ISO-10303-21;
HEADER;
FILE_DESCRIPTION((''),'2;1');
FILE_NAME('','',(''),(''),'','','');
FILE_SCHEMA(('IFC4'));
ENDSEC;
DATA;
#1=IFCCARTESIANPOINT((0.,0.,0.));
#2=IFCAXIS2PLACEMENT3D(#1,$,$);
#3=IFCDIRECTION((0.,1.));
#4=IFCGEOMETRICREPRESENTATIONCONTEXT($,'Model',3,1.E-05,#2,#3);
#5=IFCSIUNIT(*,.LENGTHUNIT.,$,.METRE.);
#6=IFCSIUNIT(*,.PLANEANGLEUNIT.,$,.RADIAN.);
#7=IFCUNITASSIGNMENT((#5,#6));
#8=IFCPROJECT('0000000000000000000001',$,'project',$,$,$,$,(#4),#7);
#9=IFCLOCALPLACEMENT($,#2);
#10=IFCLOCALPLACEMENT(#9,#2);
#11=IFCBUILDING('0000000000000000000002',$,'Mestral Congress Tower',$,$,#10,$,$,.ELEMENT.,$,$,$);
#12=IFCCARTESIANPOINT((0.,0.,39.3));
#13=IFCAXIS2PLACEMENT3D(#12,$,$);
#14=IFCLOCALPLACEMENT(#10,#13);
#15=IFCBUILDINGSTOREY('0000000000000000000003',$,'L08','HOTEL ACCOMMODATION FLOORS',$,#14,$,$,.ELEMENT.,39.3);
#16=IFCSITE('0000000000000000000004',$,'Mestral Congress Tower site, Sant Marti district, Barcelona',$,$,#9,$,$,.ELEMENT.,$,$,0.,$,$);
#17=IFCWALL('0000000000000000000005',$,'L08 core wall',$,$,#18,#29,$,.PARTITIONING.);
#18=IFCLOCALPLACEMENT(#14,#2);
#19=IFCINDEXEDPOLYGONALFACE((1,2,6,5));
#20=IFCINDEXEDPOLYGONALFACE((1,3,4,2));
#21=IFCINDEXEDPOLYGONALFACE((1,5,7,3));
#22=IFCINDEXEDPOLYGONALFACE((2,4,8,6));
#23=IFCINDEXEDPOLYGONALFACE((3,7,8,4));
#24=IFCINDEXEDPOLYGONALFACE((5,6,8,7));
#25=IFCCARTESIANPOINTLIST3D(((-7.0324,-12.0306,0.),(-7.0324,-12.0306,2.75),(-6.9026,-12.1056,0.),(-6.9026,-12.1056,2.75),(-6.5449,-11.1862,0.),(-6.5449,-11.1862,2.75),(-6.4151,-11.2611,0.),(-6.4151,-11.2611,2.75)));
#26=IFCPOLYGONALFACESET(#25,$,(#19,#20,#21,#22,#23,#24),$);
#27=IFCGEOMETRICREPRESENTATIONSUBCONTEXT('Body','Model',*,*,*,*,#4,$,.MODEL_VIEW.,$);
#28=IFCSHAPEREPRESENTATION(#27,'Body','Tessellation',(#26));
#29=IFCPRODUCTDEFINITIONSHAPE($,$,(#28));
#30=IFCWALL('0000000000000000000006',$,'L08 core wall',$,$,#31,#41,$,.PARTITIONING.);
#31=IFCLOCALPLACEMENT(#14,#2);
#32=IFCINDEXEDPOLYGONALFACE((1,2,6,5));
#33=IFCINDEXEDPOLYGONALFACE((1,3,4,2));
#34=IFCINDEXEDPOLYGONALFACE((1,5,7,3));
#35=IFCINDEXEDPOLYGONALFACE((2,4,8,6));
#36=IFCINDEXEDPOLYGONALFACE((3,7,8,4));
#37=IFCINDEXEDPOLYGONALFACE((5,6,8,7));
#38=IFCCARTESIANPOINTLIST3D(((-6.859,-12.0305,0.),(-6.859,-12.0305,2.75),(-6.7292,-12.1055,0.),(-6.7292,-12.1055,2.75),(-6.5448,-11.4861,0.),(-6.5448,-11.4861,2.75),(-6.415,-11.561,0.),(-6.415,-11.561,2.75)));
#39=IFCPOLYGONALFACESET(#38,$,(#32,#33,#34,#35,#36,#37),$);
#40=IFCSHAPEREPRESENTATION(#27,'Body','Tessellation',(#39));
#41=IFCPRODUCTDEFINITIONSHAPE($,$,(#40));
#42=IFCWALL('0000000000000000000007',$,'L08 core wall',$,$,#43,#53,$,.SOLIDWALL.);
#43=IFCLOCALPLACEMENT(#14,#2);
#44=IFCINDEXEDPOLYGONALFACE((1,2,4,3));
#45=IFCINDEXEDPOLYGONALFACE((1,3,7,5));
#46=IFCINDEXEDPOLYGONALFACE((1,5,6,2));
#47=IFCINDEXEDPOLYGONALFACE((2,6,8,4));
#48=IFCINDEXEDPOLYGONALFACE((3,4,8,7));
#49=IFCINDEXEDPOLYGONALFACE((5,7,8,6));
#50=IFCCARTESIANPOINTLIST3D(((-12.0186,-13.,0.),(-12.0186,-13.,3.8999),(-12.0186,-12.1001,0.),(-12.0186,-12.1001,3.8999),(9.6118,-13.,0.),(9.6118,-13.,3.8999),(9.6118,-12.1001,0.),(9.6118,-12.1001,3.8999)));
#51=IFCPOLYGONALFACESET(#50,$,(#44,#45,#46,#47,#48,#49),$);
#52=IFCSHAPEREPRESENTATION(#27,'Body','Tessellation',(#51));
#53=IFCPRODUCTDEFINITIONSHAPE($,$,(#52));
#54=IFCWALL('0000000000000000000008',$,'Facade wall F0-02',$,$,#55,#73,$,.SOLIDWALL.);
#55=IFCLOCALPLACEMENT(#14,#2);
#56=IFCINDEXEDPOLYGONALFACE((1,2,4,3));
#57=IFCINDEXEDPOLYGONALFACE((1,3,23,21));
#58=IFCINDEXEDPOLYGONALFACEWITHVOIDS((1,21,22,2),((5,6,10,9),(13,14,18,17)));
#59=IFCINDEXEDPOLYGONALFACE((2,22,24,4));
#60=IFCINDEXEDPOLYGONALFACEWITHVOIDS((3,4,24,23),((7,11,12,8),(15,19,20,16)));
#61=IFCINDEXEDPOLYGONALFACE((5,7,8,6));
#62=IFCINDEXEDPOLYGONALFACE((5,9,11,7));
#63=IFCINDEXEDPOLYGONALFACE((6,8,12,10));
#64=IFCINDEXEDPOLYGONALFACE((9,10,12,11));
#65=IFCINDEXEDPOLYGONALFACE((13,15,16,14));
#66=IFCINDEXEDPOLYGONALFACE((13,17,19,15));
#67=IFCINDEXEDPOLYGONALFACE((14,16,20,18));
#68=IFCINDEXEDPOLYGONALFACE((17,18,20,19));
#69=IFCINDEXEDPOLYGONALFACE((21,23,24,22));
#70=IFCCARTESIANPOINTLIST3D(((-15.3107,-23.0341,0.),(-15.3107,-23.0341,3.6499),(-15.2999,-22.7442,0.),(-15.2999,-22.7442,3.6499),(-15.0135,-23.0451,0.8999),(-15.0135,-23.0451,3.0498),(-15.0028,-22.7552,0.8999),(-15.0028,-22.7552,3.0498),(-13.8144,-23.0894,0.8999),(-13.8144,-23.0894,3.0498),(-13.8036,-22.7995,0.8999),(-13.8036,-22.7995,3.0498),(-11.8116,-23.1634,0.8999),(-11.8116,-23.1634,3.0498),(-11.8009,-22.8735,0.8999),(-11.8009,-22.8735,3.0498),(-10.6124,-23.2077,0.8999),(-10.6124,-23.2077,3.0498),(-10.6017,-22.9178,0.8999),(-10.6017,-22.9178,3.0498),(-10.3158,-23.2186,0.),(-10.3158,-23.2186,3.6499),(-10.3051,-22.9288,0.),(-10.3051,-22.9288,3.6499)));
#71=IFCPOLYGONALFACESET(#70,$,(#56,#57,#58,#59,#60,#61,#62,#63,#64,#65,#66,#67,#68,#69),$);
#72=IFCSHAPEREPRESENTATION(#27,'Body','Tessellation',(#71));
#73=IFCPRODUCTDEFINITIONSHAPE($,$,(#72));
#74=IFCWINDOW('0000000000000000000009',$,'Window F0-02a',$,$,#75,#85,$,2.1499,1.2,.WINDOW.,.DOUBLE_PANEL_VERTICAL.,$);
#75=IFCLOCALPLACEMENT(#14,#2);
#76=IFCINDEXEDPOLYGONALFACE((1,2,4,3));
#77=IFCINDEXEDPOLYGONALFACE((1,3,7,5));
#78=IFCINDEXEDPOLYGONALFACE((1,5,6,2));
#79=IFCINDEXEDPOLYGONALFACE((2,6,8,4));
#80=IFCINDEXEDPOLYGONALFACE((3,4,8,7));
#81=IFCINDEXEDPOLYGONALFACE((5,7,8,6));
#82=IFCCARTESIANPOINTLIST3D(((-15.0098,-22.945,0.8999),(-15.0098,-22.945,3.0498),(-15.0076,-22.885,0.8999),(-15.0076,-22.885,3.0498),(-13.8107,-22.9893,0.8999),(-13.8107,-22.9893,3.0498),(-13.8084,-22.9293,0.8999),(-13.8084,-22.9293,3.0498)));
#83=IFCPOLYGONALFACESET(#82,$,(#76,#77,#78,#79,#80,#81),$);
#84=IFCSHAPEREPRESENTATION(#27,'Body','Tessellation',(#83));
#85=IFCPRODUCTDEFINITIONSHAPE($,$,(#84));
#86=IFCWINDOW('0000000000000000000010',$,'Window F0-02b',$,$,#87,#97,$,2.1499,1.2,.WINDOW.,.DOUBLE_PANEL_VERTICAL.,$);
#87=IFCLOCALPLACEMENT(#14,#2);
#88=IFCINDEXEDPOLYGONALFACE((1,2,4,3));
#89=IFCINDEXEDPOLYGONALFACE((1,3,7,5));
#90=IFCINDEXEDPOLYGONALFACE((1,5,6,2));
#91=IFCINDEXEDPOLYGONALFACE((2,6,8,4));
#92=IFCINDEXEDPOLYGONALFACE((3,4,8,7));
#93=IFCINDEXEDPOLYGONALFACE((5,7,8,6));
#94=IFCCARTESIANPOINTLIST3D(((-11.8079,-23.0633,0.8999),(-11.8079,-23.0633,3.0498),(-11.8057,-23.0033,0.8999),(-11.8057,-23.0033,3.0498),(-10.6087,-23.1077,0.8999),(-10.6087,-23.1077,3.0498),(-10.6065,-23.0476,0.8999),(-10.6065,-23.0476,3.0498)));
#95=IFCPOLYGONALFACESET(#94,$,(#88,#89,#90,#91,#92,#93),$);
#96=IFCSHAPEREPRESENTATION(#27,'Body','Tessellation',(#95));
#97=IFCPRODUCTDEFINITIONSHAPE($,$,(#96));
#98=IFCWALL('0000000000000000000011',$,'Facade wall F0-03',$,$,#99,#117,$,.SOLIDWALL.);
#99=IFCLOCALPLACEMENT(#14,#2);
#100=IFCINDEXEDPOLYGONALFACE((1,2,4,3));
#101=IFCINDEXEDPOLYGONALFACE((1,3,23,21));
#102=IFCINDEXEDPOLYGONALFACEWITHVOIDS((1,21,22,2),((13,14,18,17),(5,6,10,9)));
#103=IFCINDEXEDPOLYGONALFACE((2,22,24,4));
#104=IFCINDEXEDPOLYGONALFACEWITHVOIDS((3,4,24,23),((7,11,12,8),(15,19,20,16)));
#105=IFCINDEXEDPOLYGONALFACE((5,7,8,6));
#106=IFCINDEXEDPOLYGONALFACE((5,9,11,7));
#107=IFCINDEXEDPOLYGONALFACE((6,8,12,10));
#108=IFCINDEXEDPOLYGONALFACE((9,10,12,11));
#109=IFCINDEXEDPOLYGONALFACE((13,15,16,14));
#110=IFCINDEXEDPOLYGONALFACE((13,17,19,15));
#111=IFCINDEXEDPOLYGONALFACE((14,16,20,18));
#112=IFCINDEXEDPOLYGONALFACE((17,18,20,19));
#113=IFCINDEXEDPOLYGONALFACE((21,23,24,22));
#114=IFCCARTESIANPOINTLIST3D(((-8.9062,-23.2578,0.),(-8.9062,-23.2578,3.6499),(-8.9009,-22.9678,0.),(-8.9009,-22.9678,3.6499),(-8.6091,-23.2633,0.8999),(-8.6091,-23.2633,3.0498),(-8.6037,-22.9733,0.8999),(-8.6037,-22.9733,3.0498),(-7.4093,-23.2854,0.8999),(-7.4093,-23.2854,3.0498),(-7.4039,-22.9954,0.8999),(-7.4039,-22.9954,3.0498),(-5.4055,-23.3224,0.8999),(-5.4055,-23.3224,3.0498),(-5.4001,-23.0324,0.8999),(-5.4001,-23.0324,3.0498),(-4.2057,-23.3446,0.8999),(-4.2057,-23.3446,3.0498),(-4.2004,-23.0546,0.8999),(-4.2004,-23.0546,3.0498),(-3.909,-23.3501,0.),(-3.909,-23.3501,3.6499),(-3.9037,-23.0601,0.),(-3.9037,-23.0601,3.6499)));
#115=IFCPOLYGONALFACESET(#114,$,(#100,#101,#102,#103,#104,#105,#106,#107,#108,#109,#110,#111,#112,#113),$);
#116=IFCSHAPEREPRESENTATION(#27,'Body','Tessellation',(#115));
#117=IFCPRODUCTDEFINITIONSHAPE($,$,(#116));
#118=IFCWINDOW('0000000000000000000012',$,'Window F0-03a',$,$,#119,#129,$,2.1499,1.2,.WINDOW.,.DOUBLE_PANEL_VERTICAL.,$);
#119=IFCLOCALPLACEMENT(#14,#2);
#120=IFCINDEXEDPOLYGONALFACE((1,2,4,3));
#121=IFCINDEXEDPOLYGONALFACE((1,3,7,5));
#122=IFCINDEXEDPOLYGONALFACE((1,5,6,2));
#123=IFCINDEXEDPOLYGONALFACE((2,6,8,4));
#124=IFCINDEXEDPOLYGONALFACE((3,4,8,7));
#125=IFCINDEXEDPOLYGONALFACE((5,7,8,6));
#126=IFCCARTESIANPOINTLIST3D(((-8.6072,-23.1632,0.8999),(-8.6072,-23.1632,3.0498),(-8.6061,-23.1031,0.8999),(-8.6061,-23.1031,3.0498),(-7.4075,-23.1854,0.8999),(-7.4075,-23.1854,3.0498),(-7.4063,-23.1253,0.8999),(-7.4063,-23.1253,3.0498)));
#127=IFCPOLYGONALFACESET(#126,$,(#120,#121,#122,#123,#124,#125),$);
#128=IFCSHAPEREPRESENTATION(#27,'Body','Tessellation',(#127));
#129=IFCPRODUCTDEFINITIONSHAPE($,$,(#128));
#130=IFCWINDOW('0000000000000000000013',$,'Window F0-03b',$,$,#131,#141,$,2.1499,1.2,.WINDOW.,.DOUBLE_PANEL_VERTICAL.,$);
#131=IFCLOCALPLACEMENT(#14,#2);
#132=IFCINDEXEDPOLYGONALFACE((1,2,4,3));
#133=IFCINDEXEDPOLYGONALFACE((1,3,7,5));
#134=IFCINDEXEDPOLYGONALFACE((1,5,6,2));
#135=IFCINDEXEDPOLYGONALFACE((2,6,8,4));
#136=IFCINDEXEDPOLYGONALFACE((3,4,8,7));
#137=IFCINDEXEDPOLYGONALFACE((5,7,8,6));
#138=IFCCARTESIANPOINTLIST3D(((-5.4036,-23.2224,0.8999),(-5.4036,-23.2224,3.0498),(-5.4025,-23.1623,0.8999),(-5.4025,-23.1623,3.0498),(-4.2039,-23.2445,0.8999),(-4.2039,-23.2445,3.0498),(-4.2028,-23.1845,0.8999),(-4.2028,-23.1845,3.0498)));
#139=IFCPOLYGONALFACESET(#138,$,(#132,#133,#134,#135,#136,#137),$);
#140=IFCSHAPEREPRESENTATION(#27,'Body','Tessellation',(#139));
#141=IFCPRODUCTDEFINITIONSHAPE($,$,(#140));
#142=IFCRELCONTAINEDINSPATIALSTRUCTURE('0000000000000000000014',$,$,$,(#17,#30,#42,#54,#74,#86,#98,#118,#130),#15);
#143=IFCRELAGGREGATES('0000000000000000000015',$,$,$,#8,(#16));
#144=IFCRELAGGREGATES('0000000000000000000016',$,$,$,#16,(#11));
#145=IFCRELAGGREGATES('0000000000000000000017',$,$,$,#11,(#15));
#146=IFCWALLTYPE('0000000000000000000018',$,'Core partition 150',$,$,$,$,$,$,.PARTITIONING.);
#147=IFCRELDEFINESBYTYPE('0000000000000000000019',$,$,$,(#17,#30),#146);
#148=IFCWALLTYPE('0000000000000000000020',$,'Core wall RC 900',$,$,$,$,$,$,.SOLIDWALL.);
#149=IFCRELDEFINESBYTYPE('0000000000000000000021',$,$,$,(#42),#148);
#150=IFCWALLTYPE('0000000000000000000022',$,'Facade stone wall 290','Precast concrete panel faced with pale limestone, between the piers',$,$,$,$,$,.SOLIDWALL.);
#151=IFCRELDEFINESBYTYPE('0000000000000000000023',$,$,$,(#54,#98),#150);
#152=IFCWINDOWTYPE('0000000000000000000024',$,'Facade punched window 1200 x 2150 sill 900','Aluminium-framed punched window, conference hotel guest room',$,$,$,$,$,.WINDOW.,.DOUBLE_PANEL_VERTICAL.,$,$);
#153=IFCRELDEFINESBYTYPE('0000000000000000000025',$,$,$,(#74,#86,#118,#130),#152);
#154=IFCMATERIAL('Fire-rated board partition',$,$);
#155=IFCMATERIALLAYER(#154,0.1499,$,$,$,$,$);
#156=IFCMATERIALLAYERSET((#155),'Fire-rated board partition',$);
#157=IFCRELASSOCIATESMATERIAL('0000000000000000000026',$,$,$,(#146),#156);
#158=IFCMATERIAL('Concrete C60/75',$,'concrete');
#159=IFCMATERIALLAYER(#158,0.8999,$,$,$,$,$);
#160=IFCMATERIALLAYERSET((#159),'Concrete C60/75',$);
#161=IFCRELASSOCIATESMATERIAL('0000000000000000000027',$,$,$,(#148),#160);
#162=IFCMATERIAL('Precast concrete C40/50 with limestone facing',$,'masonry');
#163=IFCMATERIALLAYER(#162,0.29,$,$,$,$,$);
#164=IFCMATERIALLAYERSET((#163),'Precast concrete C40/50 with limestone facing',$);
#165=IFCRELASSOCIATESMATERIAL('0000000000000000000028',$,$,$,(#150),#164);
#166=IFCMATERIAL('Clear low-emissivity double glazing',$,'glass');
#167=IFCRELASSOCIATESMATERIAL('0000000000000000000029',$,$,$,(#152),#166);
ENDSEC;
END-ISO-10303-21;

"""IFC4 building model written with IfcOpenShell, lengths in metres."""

from ifc_helpers import new_model, si_unit, direction, frame, frame_2d, origin, place, context, subcontext, project, spatial, rectangle, extrude, material, layer, layer_set, type_object, element, fill, save


model = new_model("IFC4")

# Units and contexts
model_context = context("Model", 3, precision=1e-05, world=origin(), true_north=direction((0.0, 1.0)))
body_context = subcontext(model_context, "Body", "Model", "MODEL_VIEW")
ifc_project = project(units=[si_unit("LENGTHUNIT", "METRE"), si_unit("PLANEANGLEUNIT", "RADIAN")], contexts=[model_context])

# Site, building, storey
site_placement = place(None, origin())
site = spatial("IfcSite", under=ifc_project, at=site_placement, Name="Mestral Congress Tower site, Sant Marti district, Barcelona", CompositionType="ELEMENT", RefElevation=0.0)
building_placement = place(site_placement, origin())
building = spatial("IfcBuilding", under=site, at=building_placement, Name="Mestral Congress Tower", CompositionType="ELEMENT")
storey_placement = place(building_placement, frame((0.0, 0.0, 39.3)))
storey = spatial("IfcBuildingStorey", under=building, at=storey_placement, Name="L08", Description="HOTEL ACCOMMODATION FLOORS", CompositionType="ELEMENT", Elevation=39.3)

# Walls
ifc_material_1 = material(Name="Fire-rated board partition")
ifc_layer_1 = layer(ifc_material_1, 0.1499)
ifc_layer_set_1 = layer_set([ifc_layer_1], Name="Fire-rated board partition")
wall_type_1 = type_object("IfcWallType", Name="Core partition 150", PredefinedType="PARTITIONING", material=ifc_layer_set_1)
wall_1_placement = place(storey_placement, frame((-6.9675, -12.0681, 0.0), z_axis=(0.0, 0.0, 1.0), x_axis=(0.49999, 0.866031, 0.0)))
element("IfcWall", 1, at=wall_1_placement, inside=storey, type_object=wall_type_1, Name="L08 core wall", PredefinedType="PARTITIONING", context=body_context, shape_type="SweptSolid", body=[
    extrude(rectangle(XDim=0.9751, YDim=0.1499, at=frame_2d((0.4875, 0.0))), origin(), (0.0, 0.0, 1.0), 2.75),
])
wall_2_placement = place(storey_placement, frame((-6.7942, -12.0681, 0.0), z_axis=(0.0, 0.0, 1.0), x_axis=(0.499857, 0.866108, 0.0)))
element("IfcWall", 2, at=wall_2_placement, inside=storey, type_object=wall_type_1, Name="L08 core wall", PredefinedType="PARTITIONING", context=body_context, shape_type="SweptSolid", body=[
    extrude(rectangle(XDim=0.6287, YDim=0.1499, at=frame_2d((0.3145, 0.0))), origin(), (0.0, 0.0, 1.0), 2.75),
])
ifc_material_2 = material(Name="Concrete C60/75", Category="concrete")
ifc_layer_2 = layer(ifc_material_2, 0.8999)
ifc_layer_set_2 = layer_set([ifc_layer_2], Name="Concrete C60/75")
wall_type_2 = type_object("IfcWallType", Name="Core wall RC 900", PredefinedType="SOLIDWALL", material=ifc_layer_set_2)
wall_3_placement = place(storey_placement, frame((-12.0186, -12.55, 0.0), z_axis=(0.0, 0.0, 1.0), x_axis=(1.0, 0.0, 0.0)))
element("IfcWall", 3, at=wall_3_placement, inside=storey, type_object=wall_type_2, Name="L08 core wall", PredefinedType="SOLIDWALL", context=body_context, shape_type="SweptSolid", body=[
    extrude(rectangle(XDim=21.6304, YDim=0.8999, at=frame_2d((10.8152, 0.0))), origin(), (0.0, 0.0, 1.0), 3.8999),
])

# Walls, openings, windows
ifc_material_3 = material(Name="Precast concrete C40/50 with limestone facing", Category="masonry")
ifc_layer_3 = layer(ifc_material_3, 0.29)
ifc_layer_set_3 = layer_set([ifc_layer_3], Name="Precast concrete C40/50 with limestone facing")
wall_type_3 = type_object("IfcWallType", Name="Facade stone wall 290", Description="Precast concrete panel faced with pale limestone, between the piers", PredefinedType="SOLIDWALL", material=ifc_layer_set_3)
wall_4_placement = place(storey_placement, frame((-15.3052, -22.8892, 0.0), z_axis=(0.0, 0.0, 1.0), x_axis=(0.999318, -0.036927, 0.0)))
wall_4 = element("IfcWall", 4, at=wall_4_placement, inside=storey, type_object=wall_type_3, Name="Facade wall F0-02", PredefinedType="SOLIDWALL", context=body_context, shape_type="SweptSolid", body=[
    extrude(rectangle(XDim=4.9983, YDim=0.29, at=frame_2d((2.499, 0.0))), origin(), (0.0, 0.0, 1.0), 3.6499),
])
opening_1_placement = place(wall_4_placement, frame((0.2971, 0.0, 0.8999)))
opening_1 = element("IfcOpeningElement", 5, at=opening_1_placement, cuts=wall_4, PredefinedType="OPENING", context=body_context, shape_type="SweptSolid", body=[
    extrude(rectangle(XDim=1.2, YDim=2.1499, at=frame_2d((0.6001, 1.075))), frame((0.0, 0.155, 0.0), z_axis=(0.0, -1.0, 0.0), x_axis=(1.0, 0.0, 0.0)), (0.0, 0.0, 1.0), 0.3101),
])
opening_2_placement = place(wall_4_placement, frame((3.5012, 0.0, 0.8999)))
opening_2 = element("IfcOpeningElement", 6, at=opening_2_placement, cuts=wall_4, PredefinedType="OPENING", context=body_context, shape_type="SweptSolid", body=[
    extrude(rectangle(XDim=1.2, YDim=2.1499, at=frame_2d((0.6001, 1.075))), frame((0.0, 0.155, 0.0), z_axis=(0.0, -1.0, 0.0), x_axis=(1.0, 0.0, 0.0)), (0.0, 0.0, 1.0), 0.3101),
])
ifc_material_4 = material(Name="Clear low-emissivity double glazing", Category="glass")
window_type = type_object("IfcWindowType", Name="Facade punched window 1200 x 2150 sill 900", Description="Aluminium-framed punched window, conference hotel guest room", PartitioningType="DOUBLE_PANEL_VERTICAL", PredefinedType="WINDOW", material=ifc_material_4)
window_1_placement = place(opening_1_placement, origin())
window_1 = element("IfcWindow", 7, at=window_1_placement, inside=storey, type_object=window_type, Name="Window F0-02a", OverallHeight=2.1499, OverallWidth=1.2, PartitioningType="DOUBLE_PANEL_VERTICAL", PredefinedType="WINDOW", context=body_context, shape_type="SweptSolid", body=[
    extrude(rectangle(XDim=1.2, YDim=2.1499, at=frame_2d((0.6001, 1.075))), frame((0.0, 0.0151, 0.0), z_axis=(0.0, -1.0, 0.0), x_axis=(1.0, 0.0, 0.0)), (0.0, 0.0, 1.0), 0.0601),
])
fill(opening_1, window_1)
window_2_placement = place(opening_2_placement, origin())
window_2 = element("IfcWindow", 8, at=window_2_placement, inside=storey, type_object=window_type, Name="Window F0-02b", OverallHeight=2.1499, OverallWidth=1.2, PartitioningType="DOUBLE_PANEL_VERTICAL", PredefinedType="WINDOW", context=body_context, shape_type="SweptSolid", body=[
    extrude(rectangle(XDim=1.2, YDim=2.1499, at=frame_2d((0.6001, 1.075))), frame((0.0, 0.0151, 0.0), z_axis=(0.0, -1.0, 0.0), x_axis=(1.0, 0.0, 0.0)), (0.0, 0.0, 1.0), 0.0601),
])
fill(opening_2, window_2)
wall_5_placement = place(storey_placement, frame((-8.9036, -23.1128, 0.0), z_axis=(0.0, 0.0, 1.0), x_axis=(0.99983, -0.018464, 0.0)))
wall_5 = element("IfcWall", 9, at=wall_5_placement, inside=storey, type_object=wall_type_3, Name="Facade wall F0-03", PredefinedType="SOLIDWALL", context=body_context, shape_type="SweptSolid", body=[
    extrude(rectangle(XDim=4.998, YDim=0.29, at=frame_2d((2.499, 0.0))), origin(), (0.0, 0.0, 1.0), 3.6499),
])
opening_3_placement = place(wall_5_placement, frame((0.2971, 0.0, 0.8999)))
opening_3 = element("IfcOpeningElement", 10, at=opening_3_placement, cuts=wall_5, PredefinedType="OPENING", context=body_context, shape_type="SweptSolid", body=[
    extrude(rectangle(XDim=1.2, YDim=2.1499, at=frame_2d((0.6001, 1.075))), frame((0.0, 0.155, 0.0), z_axis=(0.0, -1.0, 0.0), x_axis=(1.0, 0.0, 0.0)), (0.0, 0.0, 1.0), 0.3101),
])
opening_4_placement = place(wall_5_placement, frame((3.5012, 0.0, 0.8999)))
opening_4 = element("IfcOpeningElement", 11, at=opening_4_placement, cuts=wall_5, PredefinedType="OPENING", context=body_context, shape_type="SweptSolid", body=[
    extrude(rectangle(XDim=1.2, YDim=2.1499, at=frame_2d((0.6001, 1.075))), frame((0.0, 0.155, 0.0), z_axis=(0.0, -1.0, 0.0), x_axis=(1.0, 0.0, 0.0)), (0.0, 0.0, 1.0), 0.3101),
])
window_3_placement = place(opening_3_placement, origin())
window_3 = element("IfcWindow", 12, at=window_3_placement, inside=storey, type_object=window_type, Name="Window F0-03a", OverallHeight=2.1499, OverallWidth=1.2, PartitioningType="DOUBLE_PANEL_VERTICAL", PredefinedType="WINDOW", context=body_context, shape_type="SweptSolid", body=[
    extrude(rectangle(XDim=1.2, YDim=2.1499, at=frame_2d((0.6001, 1.075))), frame((0.0, 0.0151, 0.0), z_axis=(0.0, -1.0, 0.0), x_axis=(1.0, 0.0, 0.0)), (0.0, 0.0, 1.0), 0.0601),
])
fill(opening_3, window_3)
window_4_placement = place(opening_4_placement, origin())
window_4 = element("IfcWindow", 13, at=window_4_placement, inside=storey, type_object=window_type, Name="Window F0-03b", OverallHeight=2.1499, OverallWidth=1.2, PartitioningType="DOUBLE_PANEL_VERTICAL", PredefinedType="WINDOW", context=body_context, shape_type="SweptSolid", body=[
    extrude(rectangle(XDim=1.2, YDim=2.1499, at=frame_2d((0.6001, 1.075))), frame((0.0, 0.0151, 0.0), z_axis=(0.0, -1.0, 0.0), x_axis=(1.0, 0.0, 0.0)), (0.0, 0.0, 1.0), 0.0601),
])
fill(opening_4, window_4)

save(model, "model.ifc")
